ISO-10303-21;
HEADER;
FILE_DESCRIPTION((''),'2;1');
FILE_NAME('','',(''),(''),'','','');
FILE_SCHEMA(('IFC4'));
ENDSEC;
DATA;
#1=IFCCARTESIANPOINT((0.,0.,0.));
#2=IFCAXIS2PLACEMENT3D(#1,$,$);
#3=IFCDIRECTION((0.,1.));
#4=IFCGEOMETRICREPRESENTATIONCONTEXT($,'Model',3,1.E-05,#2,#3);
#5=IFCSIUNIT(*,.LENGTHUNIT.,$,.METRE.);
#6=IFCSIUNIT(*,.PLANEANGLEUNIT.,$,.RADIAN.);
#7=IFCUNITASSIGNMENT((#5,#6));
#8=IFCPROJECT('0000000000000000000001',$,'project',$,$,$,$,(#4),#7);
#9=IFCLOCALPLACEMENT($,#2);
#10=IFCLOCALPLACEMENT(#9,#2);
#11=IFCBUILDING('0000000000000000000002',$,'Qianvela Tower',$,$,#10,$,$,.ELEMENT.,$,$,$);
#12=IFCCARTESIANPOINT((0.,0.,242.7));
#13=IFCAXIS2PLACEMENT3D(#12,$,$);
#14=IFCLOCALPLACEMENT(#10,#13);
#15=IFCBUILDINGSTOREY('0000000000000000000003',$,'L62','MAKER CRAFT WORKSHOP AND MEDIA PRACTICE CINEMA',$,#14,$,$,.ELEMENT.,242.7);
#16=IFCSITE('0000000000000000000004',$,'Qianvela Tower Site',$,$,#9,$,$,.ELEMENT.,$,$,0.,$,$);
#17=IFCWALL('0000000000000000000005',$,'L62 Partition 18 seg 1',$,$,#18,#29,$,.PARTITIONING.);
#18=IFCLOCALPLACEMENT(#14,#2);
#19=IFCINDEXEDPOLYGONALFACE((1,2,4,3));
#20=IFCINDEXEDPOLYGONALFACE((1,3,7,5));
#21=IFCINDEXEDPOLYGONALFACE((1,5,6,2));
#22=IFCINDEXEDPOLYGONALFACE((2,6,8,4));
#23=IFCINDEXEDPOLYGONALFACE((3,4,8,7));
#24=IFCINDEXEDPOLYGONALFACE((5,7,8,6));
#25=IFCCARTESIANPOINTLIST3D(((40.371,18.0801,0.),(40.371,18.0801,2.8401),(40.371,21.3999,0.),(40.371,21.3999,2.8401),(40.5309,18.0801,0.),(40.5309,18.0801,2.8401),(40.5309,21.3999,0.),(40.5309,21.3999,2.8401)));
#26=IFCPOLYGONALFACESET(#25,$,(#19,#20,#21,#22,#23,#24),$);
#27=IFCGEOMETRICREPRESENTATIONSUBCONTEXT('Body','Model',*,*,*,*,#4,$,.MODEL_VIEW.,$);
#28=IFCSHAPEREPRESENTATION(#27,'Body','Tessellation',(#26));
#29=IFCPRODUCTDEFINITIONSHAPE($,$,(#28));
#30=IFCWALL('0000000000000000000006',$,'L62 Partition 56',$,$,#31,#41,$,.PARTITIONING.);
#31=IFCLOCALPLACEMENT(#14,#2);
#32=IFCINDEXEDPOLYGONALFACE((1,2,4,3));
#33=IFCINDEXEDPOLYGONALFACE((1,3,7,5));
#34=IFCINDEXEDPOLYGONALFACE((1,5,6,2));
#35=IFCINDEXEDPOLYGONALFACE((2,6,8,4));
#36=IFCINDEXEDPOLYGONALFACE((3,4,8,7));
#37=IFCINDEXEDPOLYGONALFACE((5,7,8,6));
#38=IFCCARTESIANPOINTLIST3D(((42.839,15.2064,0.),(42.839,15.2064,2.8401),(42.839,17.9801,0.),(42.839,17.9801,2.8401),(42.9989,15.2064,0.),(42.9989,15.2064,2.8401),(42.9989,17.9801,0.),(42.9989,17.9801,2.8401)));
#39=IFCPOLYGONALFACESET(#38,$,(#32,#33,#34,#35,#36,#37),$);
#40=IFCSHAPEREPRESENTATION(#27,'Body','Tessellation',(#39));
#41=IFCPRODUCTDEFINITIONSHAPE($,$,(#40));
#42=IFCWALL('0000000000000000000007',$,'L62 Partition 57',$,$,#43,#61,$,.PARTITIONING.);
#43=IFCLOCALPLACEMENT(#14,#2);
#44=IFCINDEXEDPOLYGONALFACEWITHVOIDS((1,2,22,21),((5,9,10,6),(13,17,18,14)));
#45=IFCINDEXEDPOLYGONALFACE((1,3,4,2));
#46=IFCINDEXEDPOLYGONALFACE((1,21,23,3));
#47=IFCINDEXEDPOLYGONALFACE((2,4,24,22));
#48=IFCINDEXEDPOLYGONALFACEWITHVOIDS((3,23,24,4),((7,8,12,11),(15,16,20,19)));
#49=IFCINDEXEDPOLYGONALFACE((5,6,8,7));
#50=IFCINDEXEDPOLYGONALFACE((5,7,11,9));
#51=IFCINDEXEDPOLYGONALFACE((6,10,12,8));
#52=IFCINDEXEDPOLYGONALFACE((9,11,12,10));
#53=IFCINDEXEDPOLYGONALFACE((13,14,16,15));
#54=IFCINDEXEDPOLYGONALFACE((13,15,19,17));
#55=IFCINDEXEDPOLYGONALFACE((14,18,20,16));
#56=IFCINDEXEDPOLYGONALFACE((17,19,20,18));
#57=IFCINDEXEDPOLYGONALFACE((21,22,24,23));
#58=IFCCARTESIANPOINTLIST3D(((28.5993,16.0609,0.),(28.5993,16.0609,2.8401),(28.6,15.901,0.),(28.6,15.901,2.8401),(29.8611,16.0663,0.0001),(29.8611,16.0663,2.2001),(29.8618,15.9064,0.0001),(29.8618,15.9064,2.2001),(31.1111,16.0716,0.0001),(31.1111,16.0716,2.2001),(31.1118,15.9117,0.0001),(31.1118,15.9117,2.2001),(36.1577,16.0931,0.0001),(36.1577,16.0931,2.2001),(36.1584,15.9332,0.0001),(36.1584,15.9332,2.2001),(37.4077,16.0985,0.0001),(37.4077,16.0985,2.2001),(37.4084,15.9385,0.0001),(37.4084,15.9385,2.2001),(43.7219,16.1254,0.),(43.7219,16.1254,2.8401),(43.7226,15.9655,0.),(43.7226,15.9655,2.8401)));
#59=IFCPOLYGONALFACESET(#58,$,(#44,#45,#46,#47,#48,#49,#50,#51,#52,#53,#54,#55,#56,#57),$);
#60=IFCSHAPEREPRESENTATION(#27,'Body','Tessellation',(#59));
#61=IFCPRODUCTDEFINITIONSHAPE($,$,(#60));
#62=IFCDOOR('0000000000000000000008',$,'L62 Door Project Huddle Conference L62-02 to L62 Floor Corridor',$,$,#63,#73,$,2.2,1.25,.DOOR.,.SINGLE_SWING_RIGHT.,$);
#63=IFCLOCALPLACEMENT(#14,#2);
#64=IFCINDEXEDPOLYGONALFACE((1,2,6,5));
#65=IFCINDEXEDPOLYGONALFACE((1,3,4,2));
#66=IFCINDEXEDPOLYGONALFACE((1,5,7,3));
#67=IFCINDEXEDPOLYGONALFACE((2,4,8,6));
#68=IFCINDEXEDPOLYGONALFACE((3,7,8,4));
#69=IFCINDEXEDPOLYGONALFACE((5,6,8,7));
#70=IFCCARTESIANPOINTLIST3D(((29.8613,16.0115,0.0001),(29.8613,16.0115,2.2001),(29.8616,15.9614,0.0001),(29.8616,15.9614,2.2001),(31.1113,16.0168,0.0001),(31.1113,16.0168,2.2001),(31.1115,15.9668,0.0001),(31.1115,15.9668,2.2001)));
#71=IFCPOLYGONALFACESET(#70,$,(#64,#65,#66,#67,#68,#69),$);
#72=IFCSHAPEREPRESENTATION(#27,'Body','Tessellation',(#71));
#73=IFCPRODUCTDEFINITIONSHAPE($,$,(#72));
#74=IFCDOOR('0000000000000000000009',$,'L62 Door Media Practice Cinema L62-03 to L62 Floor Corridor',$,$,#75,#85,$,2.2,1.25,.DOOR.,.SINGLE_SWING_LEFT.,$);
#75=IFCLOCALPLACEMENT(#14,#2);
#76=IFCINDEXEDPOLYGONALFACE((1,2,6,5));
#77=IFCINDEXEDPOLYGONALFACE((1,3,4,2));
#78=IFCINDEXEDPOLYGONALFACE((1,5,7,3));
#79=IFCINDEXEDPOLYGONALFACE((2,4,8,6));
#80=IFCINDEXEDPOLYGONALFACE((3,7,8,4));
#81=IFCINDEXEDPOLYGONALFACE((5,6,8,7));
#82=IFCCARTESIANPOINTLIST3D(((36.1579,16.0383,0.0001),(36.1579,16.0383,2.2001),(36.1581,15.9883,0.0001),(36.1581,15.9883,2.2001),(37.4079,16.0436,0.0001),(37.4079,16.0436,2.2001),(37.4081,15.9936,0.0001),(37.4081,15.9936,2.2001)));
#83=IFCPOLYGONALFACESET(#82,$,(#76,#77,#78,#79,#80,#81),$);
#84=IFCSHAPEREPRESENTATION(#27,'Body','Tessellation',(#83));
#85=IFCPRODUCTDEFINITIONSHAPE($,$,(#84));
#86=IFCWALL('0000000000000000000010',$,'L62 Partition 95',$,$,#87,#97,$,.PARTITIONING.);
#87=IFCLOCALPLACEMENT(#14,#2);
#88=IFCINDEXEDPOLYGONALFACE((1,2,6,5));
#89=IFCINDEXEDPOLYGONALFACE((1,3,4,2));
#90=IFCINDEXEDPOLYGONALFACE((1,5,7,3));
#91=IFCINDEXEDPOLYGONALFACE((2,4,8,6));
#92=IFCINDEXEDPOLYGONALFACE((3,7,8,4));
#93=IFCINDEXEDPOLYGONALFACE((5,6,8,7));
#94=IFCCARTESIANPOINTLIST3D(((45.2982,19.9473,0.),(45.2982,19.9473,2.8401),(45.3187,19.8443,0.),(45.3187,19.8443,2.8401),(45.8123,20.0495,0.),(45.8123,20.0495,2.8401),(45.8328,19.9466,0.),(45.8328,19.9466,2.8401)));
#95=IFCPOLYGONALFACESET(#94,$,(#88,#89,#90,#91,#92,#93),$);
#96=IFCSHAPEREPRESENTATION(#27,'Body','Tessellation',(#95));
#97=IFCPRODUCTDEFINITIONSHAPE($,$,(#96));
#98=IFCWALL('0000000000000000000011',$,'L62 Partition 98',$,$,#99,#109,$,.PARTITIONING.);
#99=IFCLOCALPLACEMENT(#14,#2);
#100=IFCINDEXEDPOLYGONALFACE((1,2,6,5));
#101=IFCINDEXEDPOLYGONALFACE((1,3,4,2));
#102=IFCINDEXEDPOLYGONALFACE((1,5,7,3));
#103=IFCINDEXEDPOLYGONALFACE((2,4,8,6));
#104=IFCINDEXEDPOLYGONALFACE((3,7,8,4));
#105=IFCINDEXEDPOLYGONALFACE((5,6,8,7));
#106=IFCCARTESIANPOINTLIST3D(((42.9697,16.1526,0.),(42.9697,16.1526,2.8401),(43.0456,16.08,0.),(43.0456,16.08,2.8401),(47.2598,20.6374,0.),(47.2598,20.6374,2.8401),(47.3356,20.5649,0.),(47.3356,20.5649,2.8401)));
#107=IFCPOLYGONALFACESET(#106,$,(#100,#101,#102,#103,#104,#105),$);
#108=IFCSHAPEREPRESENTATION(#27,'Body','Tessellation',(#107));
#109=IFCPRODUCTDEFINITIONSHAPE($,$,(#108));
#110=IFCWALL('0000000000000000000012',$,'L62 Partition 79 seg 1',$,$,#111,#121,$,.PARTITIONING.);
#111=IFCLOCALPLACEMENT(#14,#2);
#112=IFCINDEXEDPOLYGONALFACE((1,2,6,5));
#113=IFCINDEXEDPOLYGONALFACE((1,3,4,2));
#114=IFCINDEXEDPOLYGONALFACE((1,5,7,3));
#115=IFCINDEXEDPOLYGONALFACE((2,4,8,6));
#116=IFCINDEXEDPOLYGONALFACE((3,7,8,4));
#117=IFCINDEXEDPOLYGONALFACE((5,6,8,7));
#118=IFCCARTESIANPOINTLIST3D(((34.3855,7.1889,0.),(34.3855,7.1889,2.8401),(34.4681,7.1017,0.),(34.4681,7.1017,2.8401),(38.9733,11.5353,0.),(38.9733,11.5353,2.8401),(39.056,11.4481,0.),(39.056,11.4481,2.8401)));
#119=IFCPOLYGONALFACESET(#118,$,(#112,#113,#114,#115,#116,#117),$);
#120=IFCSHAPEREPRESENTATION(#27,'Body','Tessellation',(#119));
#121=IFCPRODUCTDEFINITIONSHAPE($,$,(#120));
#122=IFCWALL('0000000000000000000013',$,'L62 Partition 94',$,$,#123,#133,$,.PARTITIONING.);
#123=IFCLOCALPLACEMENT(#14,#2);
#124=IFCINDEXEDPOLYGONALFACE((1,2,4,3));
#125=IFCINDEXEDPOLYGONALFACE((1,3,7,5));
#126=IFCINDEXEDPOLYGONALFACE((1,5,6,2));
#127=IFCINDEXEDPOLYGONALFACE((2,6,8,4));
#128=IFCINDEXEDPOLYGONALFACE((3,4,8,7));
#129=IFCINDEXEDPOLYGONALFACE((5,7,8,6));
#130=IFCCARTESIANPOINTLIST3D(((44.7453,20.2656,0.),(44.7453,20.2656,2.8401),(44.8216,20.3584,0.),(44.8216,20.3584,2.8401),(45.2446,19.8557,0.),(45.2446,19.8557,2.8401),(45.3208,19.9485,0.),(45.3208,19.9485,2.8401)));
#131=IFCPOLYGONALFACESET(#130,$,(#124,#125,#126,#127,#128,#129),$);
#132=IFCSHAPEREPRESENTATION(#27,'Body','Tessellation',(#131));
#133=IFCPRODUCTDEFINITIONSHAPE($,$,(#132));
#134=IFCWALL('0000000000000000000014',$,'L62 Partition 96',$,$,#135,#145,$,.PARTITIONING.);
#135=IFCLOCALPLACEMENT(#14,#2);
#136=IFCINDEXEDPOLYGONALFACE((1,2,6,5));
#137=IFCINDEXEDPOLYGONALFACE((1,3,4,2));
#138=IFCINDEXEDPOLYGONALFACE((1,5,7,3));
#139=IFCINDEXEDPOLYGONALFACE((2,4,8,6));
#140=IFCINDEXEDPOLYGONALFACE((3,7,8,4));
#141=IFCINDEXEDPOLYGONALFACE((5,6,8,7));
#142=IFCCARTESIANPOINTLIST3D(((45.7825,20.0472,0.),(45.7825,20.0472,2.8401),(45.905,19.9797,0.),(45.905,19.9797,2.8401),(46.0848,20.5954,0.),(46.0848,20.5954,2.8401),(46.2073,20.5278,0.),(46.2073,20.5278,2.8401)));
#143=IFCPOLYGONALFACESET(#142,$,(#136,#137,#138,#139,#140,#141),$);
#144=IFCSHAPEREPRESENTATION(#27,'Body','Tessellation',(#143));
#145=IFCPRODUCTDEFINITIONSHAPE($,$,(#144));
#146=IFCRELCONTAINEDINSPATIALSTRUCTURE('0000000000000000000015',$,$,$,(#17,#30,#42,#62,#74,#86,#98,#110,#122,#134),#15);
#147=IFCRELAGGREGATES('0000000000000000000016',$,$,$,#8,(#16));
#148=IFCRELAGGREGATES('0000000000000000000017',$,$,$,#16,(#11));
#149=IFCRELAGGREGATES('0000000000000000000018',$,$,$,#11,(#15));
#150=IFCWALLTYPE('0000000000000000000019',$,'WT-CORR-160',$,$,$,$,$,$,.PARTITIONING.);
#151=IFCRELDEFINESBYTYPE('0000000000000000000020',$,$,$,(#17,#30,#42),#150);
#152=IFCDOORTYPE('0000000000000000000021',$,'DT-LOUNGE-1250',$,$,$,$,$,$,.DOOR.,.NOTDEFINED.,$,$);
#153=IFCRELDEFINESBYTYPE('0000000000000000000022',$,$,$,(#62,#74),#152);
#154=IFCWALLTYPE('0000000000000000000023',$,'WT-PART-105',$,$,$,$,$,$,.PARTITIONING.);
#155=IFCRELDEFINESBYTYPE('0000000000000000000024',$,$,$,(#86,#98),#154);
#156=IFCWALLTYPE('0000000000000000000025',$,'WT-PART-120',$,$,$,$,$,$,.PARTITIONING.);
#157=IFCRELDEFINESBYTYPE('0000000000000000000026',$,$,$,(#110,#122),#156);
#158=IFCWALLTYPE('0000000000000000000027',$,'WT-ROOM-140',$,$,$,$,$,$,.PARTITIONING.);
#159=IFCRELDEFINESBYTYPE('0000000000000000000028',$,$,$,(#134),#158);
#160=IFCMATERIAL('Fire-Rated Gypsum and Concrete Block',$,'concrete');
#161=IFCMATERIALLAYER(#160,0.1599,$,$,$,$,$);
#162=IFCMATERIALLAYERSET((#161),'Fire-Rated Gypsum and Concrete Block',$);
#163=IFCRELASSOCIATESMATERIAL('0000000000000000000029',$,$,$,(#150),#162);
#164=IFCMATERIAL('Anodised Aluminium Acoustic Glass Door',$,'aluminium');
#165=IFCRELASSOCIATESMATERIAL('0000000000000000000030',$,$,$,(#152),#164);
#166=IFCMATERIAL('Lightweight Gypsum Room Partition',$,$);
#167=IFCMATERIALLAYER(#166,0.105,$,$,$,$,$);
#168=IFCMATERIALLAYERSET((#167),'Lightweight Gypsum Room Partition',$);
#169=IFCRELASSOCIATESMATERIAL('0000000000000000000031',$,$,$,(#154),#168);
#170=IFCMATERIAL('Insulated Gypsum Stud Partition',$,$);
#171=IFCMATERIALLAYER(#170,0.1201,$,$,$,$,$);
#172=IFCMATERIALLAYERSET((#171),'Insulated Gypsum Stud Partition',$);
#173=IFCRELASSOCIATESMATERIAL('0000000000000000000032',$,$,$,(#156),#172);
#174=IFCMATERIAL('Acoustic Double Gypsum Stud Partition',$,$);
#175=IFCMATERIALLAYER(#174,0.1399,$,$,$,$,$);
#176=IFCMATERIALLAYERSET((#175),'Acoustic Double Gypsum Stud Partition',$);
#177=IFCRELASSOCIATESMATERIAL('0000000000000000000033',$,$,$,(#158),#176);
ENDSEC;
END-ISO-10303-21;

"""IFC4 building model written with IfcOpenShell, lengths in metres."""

from ifc_helpers import new_model, si_unit, direction, frame, frame_2d, origin, place, context, subcontext, project, spatial, rectangle, extrude, material, layer, layer_set, type_object, element, fill, save


model = new_model("IFC4")

# Units and contexts
model_context = context("Model", 3, precision=1e-05, world=origin(), true_north=direction((0.0, 1.0)))
body_context = subcontext(model_context, "Body", "Model", "MODEL_VIEW")
ifc_project = project(units=[si_unit("LENGTHUNIT", "METRE"), si_unit("PLANEANGLEUNIT", "RADIAN")], contexts=[model_context])

# Site, building, storey
site_placement = place(None, origin())
site = spatial("IfcSite", under=ifc_project, at=site_placement, Name="Qianvela Tower Site", CompositionType="ELEMENT", RefElevation=0.0)
building_placement = place(site_placement, origin())
building = spatial("IfcBuilding", under=site, at=building_placement, Name="Qianvela Tower", CompositionType="ELEMENT")
storey_placement = place(building_placement, frame((0.0, 0.0, 242.7)))
storey = spatial("IfcBuildingStorey", under=building, at=storey_placement, Name="L62", Description="MAKER CRAFT WORKSHOP AND MEDIA PRACTICE CINEMA", CompositionType="ELEMENT", Elevation=242.7)

# Shared definitions
ifc_material_1 = material(Name="Fire-Rated Gypsum and Concrete Block", Category="concrete")
ifc_layer_1 = layer(ifc_material_1, 0.1599)
ifc_layer_set_1 = layer_set([ifc_layer_1], Name="Fire-Rated Gypsum and Concrete Block")
wall_type_1 = type_object("IfcWallType", Name="WT-CORR-160", PredefinedType="PARTITIONING", material=ifc_layer_set_1)

# Walls
wall_1_placement = place(storey_placement, frame((40.4509, 18.0801, 0.0), z_axis=(0.0, 0.0, 1.0), x_axis=(0.0, 1.0, 0.0)))
element("IfcWall", 1, at=wall_1_placement, inside=storey, type_object=wall_type_1, Name="L62 Partition 18 seg 1", PredefinedType="PARTITIONING", context=body_context, shape_type="SweptSolid", body=[
    extrude(rectangle(XDim=3.3198, YDim=0.1599, at=frame_2d((1.6599, 0.0))), origin(), (0.0, 0.0, 1.0), 2.8401),
])
wall_2_placement = place(storey_placement, frame((42.9189, 17.98, 0.0), z_axis=(0.0, 0.0, 1.0), x_axis=(0.0, -1.0, 0.0)))
element("IfcWall", 2, at=wall_2_placement, inside=storey, type_object=wall_type_1, Name="L62 Partition 56", PredefinedType="PARTITIONING", context=body_context, shape_type="SweptSolid", body=[
    extrude(rectangle(XDim=2.7737, YDim=0.1599, at=frame_2d((1.3867, 0.0))), origin(), (0.0, 0.0, 1.0), 2.8401),
])

# Wall, openings, doors
wall_3_placement = place(storey_placement, frame((43.7224, 16.0454, 0.0), z_axis=(0.0, 0.0, 1.0), x_axis=(-0.999991, -0.004262, 0.0)))
wall_3 = element("IfcWall", 3, at=wall_3_placement, inside=storey, type_object=wall_type_1, Name="L62 Partition 57", PredefinedType="PARTITIONING", context=body_context, shape_type="SweptSolid", body=[
    extrude(rectangle(XDim=15.1228, YDim=0.1599, at=frame_2d((7.5615, 0.0))), origin(), (0.0, 0.0, 1.0), 2.8401),
])
opening_1_placement = place(wall_3_placement, frame((12.6111, 0.0, 0.0)))
opening_1 = element("IfcOpeningElement", 4, at=opening_1_placement, cuts=wall_3, PredefinedType="OPENING", context=body_context, shape_type="SweptSolid", body=[
    extrude(rectangle(XDim=1.25, YDim=2.2, at=frame_2d((0.625, 1.1001))), frame((0.0, 0.0898, 0.0), z_axis=(0.0, -1.0, 0.0), x_axis=(1.0, 0.0, 0.0)), (0.0, 0.0, 1.0), 0.1799),
])
opening_2_placement = place(wall_3_placement, frame((6.3145, 0.0, 0.0)))
opening_2 = element("IfcOpeningElement", 5, at=opening_2_placement, cuts=wall_3, PredefinedType="OPENING", context=body_context, shape_type="SweptSolid", body=[
    extrude(rectangle(XDim=1.25, YDim=2.2, at=frame_2d((0.625, 1.1001))), frame((0.0, 0.0898, 0.0), z_axis=(0.0, -1.0, 0.0), x_axis=(1.0, 0.0, 0.0)), (0.0, 0.0, 1.0), 0.1799),
])
ifc_material_2 = material(Name="Anodised Aluminium Acoustic Glass Door", Category="aluminium")
door_type_1 = type_object("IfcDoorType", Name="DT-LOUNGE-1250", OperationType="NOTDEFINED", PredefinedType="DOOR", material=ifc_material_2)
door_1_placement = place(opening_1_placement, origin())
door_1 = element("IfcDoor", 6, at=door_1_placement, inside=storey, type_object=door_type_1, Name="L62 Door Project Huddle Conference L62-02 to L62 Floor Corridor", OperationType="SINGLE_SWING_RIGHT", OverallHeight=2.2, OverallWidth=1.25, PredefinedType="DOOR", context=body_context, shape_type="SweptSolid", body=[
    extrude(rectangle(XDim=1.25, YDim=2.2, at=frame_2d((0.625, 1.1001))), frame((0.0, 0.0249, 0.0), z_axis=(0.0, -1.0, 0.0), x_axis=(1.0, 0.0, 0.0)), (0.0, 0.0, 1.0), 0.05),
])
fill(opening_1, door_1)
door_2_placement = place(opening_2_placement, origin())
door_2 = element("IfcDoor", 7, at=door_2_placement, inside=storey, type_object=door_type_1, Name="L62 Door Media Practice Cinema L62-03 to L62 Floor Corridor", OperationType="SINGLE_SWING_LEFT", OverallHeight=2.2, OverallWidth=1.25, PredefinedType="DOOR", context=body_context, shape_type="SweptSolid", body=[
    extrude(rectangle(XDim=1.25, YDim=2.2, at=frame_2d((0.625, 1.1001))), frame((0.0, 0.0249, 0.0), z_axis=(0.0, -1.0, 0.0), x_axis=(1.0, 0.0, 0.0)), (0.0, 0.0, 1.0), 0.05),
])
fill(opening_2, door_2)

# Walls
ifc_material_3 = material(Name="Lightweight Gypsum Room Partition")
ifc_layer_2 = layer(ifc_material_3, 0.105)
ifc_layer_set_2 = layer_set([ifc_layer_2], Name="Lightweight Gypsum Room Partition")
wall_type_2 = type_object("IfcWallType", Name="WT-PART-105", PredefinedType="PARTITIONING", material=ifc_layer_set_2)
wall_4_placement = place(storey_placement, frame((45.3083, 19.8958, 0.0), z_axis=(0.0, 0.0, 1.0), x_axis=(0.980777, 0.195131, 0.0)))
element("IfcWall", 8, at=wall_4_placement, inside=storey, type_object=wall_type_2, Name="L62 Partition 95", PredefinedType="PARTITIONING", context=body_context, shape_type="SweptSolid", body=[
    extrude(rectangle(XDim=0.5242, YDim=0.105, at=frame_2d((0.2622, 0.0))), origin(), (0.0, 0.0, 1.0), 2.8401),
])
wall_5_placement = place(storey_placement, frame((47.2976, 20.6011, 0.0), z_axis=(0.0, 0.0, 1.0), x_axis=(-0.691237, -0.722628, 0.0)))
element("IfcWall", 9, at=wall_5_placement, inside=storey, type_object=wall_type_2, Name="L62 Partition 98", PredefinedType="PARTITIONING", context=body_context, shape_type="SweptSolid", body=[
    extrude(rectangle(XDim=6.2063, YDim=0.105, at=frame_2d((3.103, 0.0))), origin(), (0.0, 0.0, 1.0), 2.8401),
])
ifc_material_4 = material(Name="Insulated Gypsum Stud Partition")
ifc_layer_3 = layer(ifc_material_4, 0.1201)
ifc_layer_set_3 = layer_set([ifc_layer_3], Name="Insulated Gypsum Stud Partition")
wall_type_3 = type_object("IfcWallType", Name="WT-PART-120", PredefinedType="PARTITIONING", material=ifc_layer_set_3)
wall_6_placement = place(storey_placement, frame((39.0146, 11.4917, 0.0), z_axis=(0.0, 0.0, 1.0), x_axis=(-0.725952, -0.687746, 0.0)))
element("IfcWall", 10, at=wall_6_placement, inside=storey, type_object=wall_type_3, Name="L62 Partition 79 seg 1", PredefinedType="PARTITIONING", context=body_context, shape_type="SweptSolid", body=[
    extrude(rectangle(XDim=6.3198, YDim=0.1201, at=frame_2d((3.1599, 0.0))), origin(), (0.0, 0.0, 1.0), 2.8401),
])
wall_7_placement = place(storey_placement, frame((44.7834, 20.312, 0.0), z_axis=(0.0, 0.0, 1.0), x_axis=(0.772879, -0.634554, 0.0)))
element("IfcWall", 11, at=wall_7_placement, inside=storey, type_object=wall_type_3, Name="L62 Partition 94", PredefinedType="PARTITIONING", context=body_context, shape_type="SweptSolid", body=[
    extrude(rectangle(XDim=0.646, YDim=0.1201, at=frame_2d((0.323, 0.0))), origin(), (0.0, 0.0, 1.0), 2.8401),
])
ifc_material_5 = material(Name="Acoustic Double Gypsum Stud Partition")
ifc_layer_4 = layer(ifc_material_5, 0.1399)
ifc_layer_set_4 = layer_set([ifc_layer_4], Name="Acoustic Double Gypsum Stud Partition")
wall_type_4 = type_object("IfcWallType", Name="WT-ROOM-140", PredefinedType="PARTITIONING", material=ifc_layer_set_4)
wall_8_placement = place(storey_placement, frame((45.8438, 20.0134, 0.0), z_axis=(0.0, 0.0, 1.0), x_axis=(0.482892, 0.87568, 0.0)))
element("IfcWall", 12, at=wall_8_placement, inside=storey, type_object=wall_type_4, Name="L62 Partition 96", PredefinedType="PARTITIONING", context=body_context, shape_type="SweptSolid", body=[
    extrude(rectangle(XDim=0.626, YDim=0.1399, at=frame_2d((0.313, 0.0))), origin(), (0.0, 0.0, 1.0), 2.8401),
])

save(model, "model.ifc")
